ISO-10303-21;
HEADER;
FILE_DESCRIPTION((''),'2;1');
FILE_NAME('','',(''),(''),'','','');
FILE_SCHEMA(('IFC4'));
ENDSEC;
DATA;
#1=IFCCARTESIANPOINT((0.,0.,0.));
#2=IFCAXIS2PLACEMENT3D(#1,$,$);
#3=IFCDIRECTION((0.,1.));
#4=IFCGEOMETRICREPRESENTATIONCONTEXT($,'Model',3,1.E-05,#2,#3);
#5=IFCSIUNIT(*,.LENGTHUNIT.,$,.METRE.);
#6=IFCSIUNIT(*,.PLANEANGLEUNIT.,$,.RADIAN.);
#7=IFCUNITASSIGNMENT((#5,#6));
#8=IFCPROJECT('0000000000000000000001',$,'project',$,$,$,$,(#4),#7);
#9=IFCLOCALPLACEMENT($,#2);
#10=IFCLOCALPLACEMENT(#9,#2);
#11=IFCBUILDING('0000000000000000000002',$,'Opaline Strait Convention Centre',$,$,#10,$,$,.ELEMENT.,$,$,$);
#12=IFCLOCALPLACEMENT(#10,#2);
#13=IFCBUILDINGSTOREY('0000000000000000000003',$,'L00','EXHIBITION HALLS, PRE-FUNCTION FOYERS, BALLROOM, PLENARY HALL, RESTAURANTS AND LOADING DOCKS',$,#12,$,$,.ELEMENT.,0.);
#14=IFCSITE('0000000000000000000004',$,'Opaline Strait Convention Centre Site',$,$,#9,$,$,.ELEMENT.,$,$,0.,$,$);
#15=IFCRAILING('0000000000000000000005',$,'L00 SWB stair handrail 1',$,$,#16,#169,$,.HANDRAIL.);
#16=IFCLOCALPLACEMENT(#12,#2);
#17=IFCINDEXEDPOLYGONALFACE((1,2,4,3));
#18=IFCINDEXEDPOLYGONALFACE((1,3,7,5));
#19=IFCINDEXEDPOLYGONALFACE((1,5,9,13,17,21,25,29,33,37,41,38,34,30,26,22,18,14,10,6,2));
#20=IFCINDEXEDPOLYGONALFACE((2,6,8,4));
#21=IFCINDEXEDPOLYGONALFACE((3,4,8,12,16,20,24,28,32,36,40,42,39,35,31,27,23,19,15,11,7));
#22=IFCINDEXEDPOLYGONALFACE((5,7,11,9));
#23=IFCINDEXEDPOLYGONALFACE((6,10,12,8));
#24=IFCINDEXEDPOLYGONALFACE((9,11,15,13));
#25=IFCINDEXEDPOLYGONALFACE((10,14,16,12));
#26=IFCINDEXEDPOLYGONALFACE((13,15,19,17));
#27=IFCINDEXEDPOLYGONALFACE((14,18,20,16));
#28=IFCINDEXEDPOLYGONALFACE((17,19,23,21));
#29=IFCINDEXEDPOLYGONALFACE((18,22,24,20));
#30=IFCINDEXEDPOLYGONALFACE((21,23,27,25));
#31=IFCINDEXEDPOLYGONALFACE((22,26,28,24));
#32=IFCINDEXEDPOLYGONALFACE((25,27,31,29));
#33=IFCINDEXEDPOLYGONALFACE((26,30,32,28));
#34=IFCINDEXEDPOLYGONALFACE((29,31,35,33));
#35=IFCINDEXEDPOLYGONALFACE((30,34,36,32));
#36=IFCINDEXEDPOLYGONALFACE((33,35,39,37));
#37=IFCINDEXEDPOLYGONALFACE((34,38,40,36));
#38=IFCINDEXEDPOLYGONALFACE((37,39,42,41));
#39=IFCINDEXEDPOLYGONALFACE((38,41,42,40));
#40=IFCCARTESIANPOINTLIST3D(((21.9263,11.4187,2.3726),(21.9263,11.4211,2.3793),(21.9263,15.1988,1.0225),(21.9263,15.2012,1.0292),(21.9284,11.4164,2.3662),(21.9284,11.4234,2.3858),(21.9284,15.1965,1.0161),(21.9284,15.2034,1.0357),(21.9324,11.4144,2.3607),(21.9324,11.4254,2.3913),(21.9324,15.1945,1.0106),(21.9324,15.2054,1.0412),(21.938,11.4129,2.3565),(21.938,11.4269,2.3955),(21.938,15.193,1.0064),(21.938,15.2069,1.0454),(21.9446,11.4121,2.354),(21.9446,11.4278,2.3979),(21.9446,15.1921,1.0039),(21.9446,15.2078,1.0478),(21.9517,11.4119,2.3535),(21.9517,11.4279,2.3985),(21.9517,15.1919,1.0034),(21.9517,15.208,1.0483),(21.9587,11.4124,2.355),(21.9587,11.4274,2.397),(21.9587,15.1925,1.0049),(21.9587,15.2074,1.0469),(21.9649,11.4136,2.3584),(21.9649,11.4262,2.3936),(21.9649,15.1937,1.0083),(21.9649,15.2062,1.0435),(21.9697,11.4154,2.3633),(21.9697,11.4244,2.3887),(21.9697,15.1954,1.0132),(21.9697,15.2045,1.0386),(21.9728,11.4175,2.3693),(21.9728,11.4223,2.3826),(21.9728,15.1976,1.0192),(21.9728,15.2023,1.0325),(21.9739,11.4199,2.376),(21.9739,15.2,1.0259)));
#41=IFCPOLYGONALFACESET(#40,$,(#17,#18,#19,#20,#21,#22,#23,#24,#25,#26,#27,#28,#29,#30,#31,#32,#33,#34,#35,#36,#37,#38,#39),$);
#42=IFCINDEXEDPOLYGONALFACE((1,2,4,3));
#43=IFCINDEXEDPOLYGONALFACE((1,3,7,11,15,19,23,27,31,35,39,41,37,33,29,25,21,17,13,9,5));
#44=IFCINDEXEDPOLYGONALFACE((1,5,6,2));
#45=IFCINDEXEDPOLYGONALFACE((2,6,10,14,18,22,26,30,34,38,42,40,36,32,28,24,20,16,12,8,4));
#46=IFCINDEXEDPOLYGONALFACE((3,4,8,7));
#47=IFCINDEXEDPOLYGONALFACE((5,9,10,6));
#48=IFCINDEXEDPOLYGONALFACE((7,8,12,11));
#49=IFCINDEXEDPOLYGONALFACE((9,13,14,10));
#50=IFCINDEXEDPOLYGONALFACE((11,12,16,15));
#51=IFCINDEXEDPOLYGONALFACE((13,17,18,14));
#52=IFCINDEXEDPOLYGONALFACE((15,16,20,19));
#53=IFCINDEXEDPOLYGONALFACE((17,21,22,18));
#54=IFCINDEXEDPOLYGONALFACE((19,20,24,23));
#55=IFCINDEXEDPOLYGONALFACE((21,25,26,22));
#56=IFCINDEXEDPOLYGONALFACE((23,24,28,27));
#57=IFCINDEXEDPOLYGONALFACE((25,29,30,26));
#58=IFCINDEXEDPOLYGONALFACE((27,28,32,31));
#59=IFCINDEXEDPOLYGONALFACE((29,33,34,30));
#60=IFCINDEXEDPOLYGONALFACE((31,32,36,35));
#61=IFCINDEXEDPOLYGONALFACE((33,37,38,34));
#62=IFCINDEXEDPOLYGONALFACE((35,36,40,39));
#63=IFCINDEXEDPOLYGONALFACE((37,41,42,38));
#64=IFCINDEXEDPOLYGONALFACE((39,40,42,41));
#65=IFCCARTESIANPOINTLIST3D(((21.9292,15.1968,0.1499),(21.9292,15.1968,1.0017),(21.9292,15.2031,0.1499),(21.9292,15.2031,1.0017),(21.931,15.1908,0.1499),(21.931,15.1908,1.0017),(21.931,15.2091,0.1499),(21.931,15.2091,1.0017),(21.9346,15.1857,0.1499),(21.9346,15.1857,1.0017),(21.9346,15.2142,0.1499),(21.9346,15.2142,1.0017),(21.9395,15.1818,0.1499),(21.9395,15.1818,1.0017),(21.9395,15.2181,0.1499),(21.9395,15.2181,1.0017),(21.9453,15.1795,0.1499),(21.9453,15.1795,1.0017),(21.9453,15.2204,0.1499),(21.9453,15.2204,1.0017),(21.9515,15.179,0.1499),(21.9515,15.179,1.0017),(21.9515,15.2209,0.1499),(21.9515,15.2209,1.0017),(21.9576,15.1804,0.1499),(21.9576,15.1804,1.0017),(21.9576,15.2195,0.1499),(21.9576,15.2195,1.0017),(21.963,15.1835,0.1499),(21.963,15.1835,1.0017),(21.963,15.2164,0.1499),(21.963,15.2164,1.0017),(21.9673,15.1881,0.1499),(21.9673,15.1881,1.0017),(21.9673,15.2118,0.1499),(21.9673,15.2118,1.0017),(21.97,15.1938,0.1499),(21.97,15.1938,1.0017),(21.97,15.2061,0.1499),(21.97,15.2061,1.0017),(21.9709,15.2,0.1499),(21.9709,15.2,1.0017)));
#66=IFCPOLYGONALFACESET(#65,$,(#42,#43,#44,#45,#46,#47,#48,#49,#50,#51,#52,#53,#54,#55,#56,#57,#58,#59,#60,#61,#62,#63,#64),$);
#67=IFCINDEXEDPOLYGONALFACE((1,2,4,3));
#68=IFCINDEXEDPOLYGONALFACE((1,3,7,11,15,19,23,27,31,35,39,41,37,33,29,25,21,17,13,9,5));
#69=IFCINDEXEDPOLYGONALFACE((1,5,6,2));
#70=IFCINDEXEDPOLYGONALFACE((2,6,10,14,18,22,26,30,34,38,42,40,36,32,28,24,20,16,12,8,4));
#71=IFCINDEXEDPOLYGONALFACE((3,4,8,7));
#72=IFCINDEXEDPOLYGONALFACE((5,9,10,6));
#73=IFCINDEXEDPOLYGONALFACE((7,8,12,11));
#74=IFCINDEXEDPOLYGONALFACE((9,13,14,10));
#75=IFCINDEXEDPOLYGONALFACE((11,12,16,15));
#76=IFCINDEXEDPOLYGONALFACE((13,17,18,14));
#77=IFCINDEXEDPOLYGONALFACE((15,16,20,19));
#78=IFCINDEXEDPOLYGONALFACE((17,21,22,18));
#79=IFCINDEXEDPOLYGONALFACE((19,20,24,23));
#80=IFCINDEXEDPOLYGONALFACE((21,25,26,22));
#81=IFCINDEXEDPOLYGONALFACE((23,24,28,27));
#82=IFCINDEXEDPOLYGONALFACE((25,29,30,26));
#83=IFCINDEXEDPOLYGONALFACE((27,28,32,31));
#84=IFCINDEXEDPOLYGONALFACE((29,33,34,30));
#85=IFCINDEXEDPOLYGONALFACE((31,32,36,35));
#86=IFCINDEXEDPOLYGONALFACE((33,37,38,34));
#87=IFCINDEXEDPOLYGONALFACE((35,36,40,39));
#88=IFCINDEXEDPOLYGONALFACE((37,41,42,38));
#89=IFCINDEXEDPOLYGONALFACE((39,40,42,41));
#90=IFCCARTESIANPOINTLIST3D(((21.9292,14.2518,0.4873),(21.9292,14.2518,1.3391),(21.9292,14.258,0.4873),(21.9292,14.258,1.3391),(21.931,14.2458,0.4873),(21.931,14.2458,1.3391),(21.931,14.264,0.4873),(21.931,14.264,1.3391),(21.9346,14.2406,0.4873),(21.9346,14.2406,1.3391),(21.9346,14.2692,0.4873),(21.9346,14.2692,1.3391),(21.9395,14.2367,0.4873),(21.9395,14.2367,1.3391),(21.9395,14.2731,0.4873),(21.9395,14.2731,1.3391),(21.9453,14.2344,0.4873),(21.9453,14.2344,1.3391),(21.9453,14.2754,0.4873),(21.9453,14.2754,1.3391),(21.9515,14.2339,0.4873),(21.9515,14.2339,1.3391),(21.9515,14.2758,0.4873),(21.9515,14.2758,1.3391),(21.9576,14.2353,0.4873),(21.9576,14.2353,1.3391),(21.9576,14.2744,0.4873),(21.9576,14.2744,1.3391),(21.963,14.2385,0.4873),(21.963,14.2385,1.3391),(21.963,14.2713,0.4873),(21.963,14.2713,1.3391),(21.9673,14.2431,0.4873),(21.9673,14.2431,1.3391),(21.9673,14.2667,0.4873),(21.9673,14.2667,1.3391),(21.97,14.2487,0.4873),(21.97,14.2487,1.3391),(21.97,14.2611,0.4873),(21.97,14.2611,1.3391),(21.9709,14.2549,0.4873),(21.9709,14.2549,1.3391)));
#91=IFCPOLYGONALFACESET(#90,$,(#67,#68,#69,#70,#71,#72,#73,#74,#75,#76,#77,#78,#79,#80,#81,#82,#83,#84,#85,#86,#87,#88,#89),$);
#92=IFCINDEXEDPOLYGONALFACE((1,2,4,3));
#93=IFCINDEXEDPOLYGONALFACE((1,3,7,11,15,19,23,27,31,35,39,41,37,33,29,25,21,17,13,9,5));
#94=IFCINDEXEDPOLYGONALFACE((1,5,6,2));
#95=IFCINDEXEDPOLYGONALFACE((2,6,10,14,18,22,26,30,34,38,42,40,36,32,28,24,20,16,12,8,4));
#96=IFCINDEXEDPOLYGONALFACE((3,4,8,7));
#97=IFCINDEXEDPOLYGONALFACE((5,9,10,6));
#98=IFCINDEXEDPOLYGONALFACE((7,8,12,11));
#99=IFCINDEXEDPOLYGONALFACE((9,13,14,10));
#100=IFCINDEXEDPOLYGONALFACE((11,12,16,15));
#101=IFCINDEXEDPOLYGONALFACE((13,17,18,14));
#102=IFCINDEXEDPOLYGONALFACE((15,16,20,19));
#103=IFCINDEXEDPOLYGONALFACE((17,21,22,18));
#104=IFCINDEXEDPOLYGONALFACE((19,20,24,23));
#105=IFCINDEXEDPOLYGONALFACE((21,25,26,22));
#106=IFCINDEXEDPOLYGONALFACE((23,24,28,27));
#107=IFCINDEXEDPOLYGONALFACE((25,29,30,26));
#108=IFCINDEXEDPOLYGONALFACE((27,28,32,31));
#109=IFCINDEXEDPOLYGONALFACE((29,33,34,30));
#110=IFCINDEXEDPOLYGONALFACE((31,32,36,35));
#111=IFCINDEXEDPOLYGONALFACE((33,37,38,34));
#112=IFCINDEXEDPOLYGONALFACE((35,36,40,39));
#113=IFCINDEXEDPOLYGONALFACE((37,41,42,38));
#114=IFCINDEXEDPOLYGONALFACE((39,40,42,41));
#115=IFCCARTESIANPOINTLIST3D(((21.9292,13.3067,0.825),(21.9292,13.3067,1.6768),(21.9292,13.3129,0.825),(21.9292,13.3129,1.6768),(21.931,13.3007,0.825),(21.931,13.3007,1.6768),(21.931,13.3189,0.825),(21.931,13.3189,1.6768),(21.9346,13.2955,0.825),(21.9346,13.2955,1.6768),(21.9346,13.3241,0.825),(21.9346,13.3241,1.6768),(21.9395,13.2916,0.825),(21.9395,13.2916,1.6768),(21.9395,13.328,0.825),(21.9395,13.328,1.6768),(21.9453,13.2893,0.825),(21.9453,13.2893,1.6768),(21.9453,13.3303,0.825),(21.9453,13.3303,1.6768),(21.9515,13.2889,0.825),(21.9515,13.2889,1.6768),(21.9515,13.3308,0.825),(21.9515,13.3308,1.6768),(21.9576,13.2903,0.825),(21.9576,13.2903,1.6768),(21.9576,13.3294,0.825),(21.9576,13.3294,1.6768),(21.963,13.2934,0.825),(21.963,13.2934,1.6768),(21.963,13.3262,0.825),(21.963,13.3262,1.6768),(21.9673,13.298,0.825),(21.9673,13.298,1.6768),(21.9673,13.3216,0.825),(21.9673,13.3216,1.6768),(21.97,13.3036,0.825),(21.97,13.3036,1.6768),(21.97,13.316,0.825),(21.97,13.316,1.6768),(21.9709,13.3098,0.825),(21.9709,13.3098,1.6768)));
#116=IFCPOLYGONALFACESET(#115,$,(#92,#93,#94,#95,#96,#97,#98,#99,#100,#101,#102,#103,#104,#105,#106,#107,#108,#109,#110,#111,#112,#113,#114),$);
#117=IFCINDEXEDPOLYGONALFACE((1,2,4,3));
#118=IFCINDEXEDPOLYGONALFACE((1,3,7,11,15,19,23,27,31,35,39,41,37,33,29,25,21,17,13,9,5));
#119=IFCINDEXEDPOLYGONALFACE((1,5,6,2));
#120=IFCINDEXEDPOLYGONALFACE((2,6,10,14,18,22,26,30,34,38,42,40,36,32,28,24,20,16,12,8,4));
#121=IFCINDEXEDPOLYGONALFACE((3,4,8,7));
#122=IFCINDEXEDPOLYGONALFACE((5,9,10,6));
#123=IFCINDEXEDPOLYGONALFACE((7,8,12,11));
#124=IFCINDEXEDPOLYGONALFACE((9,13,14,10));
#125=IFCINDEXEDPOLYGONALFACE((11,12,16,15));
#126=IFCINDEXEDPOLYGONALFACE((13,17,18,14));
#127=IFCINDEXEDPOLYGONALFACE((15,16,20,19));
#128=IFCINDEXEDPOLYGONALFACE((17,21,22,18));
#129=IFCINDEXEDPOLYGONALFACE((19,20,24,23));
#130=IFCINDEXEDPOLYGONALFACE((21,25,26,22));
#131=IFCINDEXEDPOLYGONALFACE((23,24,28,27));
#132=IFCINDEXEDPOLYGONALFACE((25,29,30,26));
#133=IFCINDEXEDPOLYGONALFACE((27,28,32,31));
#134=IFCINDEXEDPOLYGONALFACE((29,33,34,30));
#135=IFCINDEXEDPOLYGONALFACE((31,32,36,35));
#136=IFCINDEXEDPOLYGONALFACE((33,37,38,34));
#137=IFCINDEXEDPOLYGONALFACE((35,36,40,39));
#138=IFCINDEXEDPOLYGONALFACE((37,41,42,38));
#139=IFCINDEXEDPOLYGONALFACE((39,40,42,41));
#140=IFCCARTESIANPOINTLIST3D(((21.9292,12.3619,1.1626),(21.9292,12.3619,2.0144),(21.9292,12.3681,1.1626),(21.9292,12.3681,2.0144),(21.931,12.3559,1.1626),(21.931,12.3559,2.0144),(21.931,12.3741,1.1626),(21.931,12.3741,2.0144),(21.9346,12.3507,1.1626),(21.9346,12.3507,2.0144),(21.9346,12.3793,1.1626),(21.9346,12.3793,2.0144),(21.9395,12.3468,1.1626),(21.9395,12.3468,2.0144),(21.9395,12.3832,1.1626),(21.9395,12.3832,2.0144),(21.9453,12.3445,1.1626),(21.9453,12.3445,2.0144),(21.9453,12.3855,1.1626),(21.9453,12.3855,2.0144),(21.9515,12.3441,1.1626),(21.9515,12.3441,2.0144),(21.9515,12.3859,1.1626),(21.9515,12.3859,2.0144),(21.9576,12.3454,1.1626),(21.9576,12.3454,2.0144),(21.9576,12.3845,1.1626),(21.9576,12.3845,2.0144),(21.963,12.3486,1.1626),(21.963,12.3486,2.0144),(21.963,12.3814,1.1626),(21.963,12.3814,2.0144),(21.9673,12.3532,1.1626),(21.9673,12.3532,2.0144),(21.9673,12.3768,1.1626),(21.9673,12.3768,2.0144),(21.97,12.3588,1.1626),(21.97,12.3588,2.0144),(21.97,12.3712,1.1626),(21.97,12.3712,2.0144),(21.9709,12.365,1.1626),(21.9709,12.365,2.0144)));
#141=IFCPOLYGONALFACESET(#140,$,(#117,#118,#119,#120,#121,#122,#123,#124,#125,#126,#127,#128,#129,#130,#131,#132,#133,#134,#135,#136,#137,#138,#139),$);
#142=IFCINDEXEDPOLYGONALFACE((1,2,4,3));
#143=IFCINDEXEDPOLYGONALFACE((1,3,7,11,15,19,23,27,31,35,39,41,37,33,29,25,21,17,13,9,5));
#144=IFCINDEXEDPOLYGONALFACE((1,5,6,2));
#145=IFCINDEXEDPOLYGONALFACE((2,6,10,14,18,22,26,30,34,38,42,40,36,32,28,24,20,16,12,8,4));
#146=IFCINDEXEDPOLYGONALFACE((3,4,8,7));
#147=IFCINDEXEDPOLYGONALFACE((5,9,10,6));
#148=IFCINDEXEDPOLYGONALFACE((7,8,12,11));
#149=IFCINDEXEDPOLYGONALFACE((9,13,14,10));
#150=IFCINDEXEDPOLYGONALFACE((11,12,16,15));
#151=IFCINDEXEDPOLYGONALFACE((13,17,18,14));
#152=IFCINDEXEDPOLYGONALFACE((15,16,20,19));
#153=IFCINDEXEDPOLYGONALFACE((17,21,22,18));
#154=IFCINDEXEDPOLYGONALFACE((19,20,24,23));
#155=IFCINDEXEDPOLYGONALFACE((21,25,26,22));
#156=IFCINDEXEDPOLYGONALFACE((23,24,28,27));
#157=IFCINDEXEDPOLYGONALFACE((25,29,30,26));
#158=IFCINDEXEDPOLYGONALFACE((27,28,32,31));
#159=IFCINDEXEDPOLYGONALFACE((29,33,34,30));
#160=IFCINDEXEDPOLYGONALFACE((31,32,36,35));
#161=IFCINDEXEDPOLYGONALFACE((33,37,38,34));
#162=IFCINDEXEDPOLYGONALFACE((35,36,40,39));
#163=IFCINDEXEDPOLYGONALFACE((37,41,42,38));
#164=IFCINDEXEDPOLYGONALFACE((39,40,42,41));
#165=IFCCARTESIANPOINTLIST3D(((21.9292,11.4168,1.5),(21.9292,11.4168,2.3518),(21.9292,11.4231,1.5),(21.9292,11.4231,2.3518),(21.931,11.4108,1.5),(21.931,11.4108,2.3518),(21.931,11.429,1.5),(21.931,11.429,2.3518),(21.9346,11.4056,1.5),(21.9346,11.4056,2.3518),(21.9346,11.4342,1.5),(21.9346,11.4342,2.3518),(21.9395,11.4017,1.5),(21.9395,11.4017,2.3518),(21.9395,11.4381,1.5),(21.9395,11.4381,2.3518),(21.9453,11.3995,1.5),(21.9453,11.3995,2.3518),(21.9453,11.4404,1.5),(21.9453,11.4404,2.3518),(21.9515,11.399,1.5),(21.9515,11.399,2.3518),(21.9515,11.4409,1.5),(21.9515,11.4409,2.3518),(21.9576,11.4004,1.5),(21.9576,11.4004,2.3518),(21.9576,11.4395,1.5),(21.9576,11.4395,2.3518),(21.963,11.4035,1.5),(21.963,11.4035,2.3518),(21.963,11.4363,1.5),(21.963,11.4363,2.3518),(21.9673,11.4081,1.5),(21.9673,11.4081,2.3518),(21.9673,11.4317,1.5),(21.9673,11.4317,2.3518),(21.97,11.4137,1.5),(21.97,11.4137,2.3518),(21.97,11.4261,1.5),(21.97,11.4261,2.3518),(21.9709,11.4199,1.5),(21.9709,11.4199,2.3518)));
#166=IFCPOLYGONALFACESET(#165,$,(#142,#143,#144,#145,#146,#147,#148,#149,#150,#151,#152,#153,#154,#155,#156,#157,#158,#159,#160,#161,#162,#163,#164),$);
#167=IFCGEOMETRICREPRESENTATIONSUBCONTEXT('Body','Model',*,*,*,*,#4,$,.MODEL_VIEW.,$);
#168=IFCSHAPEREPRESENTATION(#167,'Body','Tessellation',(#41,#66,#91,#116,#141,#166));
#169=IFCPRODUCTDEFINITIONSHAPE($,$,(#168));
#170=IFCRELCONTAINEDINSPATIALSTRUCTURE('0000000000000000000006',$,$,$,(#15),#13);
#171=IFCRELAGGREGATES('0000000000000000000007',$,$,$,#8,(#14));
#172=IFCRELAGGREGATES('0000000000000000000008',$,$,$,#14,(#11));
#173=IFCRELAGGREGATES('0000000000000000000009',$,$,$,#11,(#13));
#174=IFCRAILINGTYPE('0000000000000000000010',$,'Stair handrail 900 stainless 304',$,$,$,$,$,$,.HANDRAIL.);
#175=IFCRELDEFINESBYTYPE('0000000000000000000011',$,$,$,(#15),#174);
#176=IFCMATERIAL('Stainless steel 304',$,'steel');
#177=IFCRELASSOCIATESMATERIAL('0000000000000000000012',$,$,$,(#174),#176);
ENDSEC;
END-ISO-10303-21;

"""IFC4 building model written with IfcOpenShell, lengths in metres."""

from ifc_helpers import new_model, si_unit, direction, frame, origin, origin_2d, place, context, subcontext, project, spatial, circle, extrude, material, type_object, element, save


model = new_model("IFC4")

# Units and contexts
model_context = context("Model", 3, precision=1e-05, world=origin(), true_north=direction((0.0, 1.0)))
body_context = subcontext(model_context, "Body", "Model", "MODEL_VIEW")
ifc_project = project(units=[si_unit("LENGTHUNIT", "METRE"), si_unit("PLANEANGLEUNIT", "RADIAN")], contexts=[model_context])

# Site, building, storey
site_placement = place(None, origin())
site = spatial("IfcSite", under=ifc_project, at=site_placement, Name="Opaline Strait Convention Centre Site", CompositionType="ELEMENT", RefElevation=0.0)
building_placement = place(site_placement, origin())
building = spatial("IfcBuilding", under=site, at=building_placement, Name="Opaline Strait Convention Centre", CompositionType="ELEMENT")
storey_placement = place(building_placement, origin())
storey = spatial("IfcBuildingStorey", under=building, at=storey_placement, Name="L00", Description="EXHIBITION HALLS, PRE-FUNCTION FOYERS, BALLROOM, PLENARY HALL, RESTAURANTS AND LOADING DOCKS", CompositionType="ELEMENT", Elevation=0.0)

# Railing
ifc_material_1 = material(Name="Stainless steel 304", Category="steel")
railing_type_1 = type_object("IfcRailingType", Name="Stair handrail 900 stainless 304", PredefinedType="HANDRAIL", material=ifc_material_1)
for number, where, name in (
    (1, (21.95, 15.2, 0.1499), "L00 SWB stair handrail 1"),
):
    element("IfcRailing", number, at=place(storey_placement, frame(where)), inside=storey, type_object=railing_type_1, Name=name, PredefinedType="HANDRAIL", context=body_context, shape_type="SweptSolid", body=[
        extrude(circle(Radius=0.0239, at=origin_2d()), frame((0.0, 0.0, 0.876), z_axis=(0.0, -0.941735, 0.336356), x_axis=(1.0, 0.0, 0.0)), (0.0, 0.0, 1.0), 4.0139),
        extrude(circle(Radius=0.021, at=origin_2d()), origin(), (0.0, 0.0, 1.0), 0.8518),
        extrude(circle(Radius=0.021, at=origin_2d()), frame((0.0, -0.9451, 0.3374)), (0.0, 0.0, 1.0), 0.8518),
        extrude(circle(Radius=0.021, at=origin_2d()), frame((0.0, -1.8901, 0.675)), (0.0, 0.0, 1.0), 0.8518),
        extrude(circle(Radius=0.021, at=origin_2d()), frame((0.0, -2.835, 1.0127)), (0.0, 0.0, 1.0), 0.8518),
        extrude(circle(Radius=0.021, at=origin_2d()), frame((0.0, -3.78, 1.3501)), (0.0, 0.0, 1.0), 0.8518),
    ])

save(model, "model.ifc")
